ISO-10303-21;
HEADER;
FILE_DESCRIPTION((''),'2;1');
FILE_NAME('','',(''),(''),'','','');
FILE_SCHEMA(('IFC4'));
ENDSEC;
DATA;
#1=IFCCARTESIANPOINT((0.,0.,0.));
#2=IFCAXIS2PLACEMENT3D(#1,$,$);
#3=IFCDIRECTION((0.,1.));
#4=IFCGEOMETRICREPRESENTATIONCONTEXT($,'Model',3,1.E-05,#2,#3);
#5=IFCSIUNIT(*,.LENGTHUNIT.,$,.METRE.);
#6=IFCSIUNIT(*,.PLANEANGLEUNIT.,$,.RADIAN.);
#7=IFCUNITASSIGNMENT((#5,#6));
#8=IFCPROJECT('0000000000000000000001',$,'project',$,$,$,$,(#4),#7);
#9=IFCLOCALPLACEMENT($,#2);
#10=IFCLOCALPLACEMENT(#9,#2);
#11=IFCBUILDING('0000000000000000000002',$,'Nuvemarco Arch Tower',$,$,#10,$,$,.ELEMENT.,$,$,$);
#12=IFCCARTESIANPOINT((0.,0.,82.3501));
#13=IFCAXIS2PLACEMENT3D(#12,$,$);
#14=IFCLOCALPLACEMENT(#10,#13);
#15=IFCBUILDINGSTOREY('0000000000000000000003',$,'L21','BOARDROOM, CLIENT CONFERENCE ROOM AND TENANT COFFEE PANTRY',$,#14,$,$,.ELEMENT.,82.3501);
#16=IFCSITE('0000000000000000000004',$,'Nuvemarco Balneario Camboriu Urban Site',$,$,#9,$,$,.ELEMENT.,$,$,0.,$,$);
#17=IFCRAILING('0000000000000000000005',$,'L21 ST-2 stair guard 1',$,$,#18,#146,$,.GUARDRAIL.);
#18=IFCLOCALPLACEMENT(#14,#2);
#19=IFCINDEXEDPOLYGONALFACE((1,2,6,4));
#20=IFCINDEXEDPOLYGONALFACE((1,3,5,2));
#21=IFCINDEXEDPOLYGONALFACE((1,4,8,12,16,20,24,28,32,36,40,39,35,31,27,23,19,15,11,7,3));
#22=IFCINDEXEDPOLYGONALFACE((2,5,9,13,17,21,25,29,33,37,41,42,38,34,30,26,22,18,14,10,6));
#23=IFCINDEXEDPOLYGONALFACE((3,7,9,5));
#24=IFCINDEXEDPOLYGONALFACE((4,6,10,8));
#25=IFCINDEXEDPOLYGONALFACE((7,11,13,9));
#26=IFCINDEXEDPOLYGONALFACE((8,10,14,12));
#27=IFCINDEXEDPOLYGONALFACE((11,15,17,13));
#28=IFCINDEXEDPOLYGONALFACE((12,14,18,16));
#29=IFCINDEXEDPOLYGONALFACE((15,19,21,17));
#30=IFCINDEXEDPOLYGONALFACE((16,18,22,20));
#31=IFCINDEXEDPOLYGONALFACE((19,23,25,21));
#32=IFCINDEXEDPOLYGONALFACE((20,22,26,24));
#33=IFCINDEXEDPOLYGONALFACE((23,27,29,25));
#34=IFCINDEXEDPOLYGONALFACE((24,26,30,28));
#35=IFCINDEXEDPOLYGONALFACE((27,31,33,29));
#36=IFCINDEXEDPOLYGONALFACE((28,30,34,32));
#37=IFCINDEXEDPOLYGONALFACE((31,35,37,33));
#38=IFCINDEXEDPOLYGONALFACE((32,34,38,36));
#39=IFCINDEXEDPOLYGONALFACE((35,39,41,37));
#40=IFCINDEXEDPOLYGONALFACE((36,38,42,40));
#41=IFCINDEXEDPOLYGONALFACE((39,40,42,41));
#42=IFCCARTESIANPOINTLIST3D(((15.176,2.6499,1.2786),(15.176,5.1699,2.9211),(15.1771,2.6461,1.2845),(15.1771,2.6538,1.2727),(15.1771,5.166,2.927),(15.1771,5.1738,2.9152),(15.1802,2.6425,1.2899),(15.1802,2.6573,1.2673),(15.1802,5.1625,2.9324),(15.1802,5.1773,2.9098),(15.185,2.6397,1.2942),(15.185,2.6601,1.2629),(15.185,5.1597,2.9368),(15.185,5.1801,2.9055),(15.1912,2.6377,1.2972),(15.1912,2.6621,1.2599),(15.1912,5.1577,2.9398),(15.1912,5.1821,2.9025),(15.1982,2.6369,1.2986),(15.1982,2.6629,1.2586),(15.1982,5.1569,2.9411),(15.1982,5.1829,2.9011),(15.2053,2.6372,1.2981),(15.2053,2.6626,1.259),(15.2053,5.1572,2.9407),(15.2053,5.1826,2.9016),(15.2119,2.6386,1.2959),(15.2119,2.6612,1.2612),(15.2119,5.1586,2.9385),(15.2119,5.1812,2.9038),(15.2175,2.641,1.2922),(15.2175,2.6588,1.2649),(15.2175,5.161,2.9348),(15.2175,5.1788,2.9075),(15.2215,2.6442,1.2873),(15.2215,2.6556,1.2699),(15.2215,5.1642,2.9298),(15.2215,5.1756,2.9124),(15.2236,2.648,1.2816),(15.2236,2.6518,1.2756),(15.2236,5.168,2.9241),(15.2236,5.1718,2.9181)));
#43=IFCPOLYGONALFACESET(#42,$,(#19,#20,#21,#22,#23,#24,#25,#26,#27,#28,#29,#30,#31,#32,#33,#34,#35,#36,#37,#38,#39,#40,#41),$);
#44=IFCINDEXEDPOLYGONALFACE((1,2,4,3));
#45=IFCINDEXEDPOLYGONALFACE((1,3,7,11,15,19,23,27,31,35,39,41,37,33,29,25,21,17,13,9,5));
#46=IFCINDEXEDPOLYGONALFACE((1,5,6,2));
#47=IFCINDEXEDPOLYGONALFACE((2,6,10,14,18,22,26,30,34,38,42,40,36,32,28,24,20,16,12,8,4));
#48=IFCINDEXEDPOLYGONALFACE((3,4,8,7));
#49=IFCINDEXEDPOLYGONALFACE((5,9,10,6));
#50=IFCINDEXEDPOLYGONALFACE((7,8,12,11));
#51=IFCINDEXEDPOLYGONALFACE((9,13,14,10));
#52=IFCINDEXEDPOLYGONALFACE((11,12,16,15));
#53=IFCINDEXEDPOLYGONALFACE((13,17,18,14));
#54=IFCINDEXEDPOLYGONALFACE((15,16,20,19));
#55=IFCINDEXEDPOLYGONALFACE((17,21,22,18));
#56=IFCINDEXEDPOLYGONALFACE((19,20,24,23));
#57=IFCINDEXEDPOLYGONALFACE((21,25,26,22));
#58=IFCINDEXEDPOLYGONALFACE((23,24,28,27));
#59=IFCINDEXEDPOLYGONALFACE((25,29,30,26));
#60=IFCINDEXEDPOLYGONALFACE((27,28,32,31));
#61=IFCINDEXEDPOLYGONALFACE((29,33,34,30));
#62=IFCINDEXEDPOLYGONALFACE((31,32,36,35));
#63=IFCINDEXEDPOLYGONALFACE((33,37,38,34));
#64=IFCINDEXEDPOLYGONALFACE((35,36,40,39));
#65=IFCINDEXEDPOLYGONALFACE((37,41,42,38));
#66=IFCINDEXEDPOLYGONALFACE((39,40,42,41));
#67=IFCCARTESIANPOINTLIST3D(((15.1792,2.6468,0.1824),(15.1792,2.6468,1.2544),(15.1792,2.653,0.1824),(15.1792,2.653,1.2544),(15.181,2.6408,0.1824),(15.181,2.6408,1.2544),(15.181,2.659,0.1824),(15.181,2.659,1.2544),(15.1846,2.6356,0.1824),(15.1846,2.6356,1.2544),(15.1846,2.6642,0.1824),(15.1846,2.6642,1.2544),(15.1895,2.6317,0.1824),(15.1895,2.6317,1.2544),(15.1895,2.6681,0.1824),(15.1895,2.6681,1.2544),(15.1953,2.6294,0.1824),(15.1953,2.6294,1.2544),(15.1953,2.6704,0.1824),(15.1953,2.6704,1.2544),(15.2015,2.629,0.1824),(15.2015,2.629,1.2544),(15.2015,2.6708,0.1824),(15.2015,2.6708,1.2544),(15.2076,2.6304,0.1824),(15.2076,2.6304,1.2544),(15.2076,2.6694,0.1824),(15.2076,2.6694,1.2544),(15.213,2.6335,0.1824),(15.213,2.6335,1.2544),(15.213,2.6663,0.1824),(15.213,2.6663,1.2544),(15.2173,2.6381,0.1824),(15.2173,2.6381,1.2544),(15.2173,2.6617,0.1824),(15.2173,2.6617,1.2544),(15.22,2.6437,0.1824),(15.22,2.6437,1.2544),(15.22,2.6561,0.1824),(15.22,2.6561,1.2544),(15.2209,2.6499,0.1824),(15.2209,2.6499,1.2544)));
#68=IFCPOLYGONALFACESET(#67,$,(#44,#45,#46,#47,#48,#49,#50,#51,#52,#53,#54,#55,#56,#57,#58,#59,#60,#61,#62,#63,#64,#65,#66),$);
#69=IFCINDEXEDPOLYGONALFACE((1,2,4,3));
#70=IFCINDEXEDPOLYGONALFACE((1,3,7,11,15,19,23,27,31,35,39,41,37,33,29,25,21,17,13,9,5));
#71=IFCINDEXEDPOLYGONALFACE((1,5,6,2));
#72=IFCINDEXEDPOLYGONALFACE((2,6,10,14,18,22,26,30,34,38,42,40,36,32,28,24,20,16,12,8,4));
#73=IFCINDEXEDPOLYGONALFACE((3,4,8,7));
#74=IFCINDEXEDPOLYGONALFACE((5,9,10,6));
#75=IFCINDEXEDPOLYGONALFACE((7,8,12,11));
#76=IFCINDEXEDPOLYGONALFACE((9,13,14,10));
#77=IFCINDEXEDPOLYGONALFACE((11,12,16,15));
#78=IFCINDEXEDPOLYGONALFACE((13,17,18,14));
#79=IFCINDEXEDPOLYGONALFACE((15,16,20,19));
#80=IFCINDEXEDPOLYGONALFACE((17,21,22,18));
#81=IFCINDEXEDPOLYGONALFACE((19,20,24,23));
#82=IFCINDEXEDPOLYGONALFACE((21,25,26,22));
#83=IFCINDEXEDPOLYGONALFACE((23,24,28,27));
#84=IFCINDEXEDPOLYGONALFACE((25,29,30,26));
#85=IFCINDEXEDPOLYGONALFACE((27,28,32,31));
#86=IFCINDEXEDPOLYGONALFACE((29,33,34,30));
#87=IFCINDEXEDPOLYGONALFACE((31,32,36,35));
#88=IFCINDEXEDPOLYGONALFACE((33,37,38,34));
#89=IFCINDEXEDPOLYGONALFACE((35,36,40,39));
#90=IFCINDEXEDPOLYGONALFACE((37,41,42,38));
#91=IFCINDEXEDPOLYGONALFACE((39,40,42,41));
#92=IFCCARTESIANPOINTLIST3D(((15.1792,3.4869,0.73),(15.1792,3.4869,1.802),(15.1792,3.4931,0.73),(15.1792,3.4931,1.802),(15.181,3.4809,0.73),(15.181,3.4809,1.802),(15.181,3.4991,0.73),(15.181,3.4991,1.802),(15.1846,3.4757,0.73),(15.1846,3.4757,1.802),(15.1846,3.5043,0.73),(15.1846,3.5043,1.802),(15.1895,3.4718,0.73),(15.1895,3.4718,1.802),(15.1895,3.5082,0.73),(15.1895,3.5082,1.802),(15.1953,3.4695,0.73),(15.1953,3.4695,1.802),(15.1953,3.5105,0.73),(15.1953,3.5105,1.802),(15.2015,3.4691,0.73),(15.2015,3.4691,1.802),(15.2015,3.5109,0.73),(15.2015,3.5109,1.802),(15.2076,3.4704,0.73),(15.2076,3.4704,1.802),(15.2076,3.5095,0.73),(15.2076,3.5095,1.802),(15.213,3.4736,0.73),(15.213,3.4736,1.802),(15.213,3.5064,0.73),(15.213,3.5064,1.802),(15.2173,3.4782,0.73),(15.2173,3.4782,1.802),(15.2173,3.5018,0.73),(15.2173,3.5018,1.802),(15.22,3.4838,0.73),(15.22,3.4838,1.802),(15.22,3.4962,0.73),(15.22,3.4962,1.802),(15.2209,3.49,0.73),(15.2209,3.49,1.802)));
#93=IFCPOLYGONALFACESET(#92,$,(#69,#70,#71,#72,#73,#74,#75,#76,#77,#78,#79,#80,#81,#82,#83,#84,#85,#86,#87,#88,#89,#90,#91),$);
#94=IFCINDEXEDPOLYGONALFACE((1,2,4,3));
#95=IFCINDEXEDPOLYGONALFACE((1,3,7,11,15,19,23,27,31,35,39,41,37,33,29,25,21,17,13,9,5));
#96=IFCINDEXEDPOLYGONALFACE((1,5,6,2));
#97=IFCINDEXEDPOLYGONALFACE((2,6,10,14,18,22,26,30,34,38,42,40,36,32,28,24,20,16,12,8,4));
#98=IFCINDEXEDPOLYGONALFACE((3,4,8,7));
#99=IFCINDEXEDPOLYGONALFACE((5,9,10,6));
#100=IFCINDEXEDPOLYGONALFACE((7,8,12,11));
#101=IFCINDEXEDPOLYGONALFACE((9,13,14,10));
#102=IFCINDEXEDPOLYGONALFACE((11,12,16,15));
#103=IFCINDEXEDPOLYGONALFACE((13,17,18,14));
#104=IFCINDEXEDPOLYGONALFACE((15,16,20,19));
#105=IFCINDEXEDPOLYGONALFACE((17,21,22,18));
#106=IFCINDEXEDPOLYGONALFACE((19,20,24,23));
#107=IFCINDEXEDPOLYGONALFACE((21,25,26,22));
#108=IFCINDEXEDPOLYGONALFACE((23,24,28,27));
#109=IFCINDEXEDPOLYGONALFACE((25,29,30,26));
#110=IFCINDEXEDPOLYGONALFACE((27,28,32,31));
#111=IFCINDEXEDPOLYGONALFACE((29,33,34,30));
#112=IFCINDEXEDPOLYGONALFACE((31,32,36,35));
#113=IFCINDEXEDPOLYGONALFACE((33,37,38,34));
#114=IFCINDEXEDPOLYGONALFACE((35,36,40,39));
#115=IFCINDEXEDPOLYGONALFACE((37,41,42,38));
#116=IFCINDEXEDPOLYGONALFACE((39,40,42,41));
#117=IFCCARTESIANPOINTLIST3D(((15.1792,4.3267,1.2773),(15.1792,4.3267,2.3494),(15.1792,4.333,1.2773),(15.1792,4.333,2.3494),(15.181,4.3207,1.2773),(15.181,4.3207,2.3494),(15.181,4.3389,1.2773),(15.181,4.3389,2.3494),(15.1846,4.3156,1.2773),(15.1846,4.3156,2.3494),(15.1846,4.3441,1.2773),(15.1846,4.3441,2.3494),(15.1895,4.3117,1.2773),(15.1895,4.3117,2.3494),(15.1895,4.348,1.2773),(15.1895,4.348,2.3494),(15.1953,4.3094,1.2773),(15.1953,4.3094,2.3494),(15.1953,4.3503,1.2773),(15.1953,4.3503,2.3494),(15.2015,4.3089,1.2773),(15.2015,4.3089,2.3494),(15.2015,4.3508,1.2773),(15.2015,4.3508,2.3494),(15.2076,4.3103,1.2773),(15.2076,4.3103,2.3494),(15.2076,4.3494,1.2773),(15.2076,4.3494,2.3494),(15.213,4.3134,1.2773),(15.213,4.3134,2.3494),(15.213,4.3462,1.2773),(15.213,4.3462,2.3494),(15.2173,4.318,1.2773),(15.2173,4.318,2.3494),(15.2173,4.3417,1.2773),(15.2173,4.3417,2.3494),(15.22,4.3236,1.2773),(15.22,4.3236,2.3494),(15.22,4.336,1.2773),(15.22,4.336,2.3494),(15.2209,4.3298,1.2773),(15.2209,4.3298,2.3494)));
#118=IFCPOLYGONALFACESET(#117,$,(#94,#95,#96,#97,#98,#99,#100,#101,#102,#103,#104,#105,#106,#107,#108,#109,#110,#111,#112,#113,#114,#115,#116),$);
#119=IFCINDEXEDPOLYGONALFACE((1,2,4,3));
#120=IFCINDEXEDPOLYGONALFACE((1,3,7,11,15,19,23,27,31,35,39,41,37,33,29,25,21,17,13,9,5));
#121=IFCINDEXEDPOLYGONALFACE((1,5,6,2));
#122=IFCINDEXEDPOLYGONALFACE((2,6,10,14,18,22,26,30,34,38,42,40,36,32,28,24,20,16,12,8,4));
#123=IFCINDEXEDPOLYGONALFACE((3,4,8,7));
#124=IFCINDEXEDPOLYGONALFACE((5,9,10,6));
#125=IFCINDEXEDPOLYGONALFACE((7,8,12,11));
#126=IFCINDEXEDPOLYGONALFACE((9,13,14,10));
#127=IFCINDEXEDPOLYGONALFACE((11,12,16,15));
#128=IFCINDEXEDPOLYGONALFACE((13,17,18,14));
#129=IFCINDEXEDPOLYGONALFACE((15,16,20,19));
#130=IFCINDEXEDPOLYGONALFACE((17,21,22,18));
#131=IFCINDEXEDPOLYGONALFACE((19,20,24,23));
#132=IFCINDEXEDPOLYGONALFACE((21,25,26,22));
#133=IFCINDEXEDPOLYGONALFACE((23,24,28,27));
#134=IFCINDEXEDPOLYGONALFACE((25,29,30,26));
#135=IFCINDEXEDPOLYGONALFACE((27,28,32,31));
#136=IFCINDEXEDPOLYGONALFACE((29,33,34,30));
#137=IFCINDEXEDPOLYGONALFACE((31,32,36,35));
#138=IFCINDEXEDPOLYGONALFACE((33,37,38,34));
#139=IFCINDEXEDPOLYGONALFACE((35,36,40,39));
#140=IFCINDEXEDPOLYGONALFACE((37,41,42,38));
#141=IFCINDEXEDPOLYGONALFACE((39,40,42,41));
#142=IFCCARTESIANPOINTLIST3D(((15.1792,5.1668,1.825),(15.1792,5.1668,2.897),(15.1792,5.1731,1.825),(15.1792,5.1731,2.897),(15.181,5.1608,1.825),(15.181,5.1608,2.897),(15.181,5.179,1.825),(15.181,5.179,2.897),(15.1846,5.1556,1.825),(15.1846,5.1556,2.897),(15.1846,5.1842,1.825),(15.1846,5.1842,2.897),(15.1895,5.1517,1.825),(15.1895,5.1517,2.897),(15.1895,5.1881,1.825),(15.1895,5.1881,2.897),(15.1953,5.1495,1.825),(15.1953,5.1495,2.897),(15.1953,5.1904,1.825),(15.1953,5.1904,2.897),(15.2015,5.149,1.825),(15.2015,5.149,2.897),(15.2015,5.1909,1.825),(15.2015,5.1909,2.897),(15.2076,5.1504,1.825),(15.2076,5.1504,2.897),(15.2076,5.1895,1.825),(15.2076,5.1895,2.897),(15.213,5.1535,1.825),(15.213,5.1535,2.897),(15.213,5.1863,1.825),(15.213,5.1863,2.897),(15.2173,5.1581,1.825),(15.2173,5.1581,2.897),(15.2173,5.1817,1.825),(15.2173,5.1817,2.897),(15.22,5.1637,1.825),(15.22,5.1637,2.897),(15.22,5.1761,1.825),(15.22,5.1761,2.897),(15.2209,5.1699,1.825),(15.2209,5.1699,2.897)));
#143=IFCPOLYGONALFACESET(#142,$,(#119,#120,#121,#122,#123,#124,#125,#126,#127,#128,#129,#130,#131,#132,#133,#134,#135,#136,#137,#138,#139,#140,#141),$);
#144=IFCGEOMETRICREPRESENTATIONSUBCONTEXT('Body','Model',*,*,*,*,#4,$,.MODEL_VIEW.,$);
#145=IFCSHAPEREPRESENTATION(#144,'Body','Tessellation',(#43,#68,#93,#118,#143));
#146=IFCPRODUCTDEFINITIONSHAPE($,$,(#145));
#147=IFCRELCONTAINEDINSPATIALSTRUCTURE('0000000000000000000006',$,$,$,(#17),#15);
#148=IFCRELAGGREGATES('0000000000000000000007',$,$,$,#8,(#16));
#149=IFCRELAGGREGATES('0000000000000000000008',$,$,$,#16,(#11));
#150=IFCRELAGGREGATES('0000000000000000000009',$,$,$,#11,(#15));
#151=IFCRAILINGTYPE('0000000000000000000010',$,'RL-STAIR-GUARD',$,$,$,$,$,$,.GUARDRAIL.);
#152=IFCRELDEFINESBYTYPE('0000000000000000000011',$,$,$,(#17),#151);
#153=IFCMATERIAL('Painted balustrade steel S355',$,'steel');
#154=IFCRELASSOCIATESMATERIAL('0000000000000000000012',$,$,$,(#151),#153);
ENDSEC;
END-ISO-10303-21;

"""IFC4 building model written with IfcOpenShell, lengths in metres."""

from ifc_helpers import new_model, si_unit, direction, frame, origin, origin_2d, place, context, subcontext, project, spatial, circle, extrude, material, type_object, element, save


model = new_model("IFC4")

# Units and contexts
model_context = context("Model", 3, precision=1e-05, world=origin(), true_north=direction((0.0, 1.0)))
body_context = subcontext(model_context, "Body", "Model", "MODEL_VIEW")
ifc_project = project(units=[si_unit("LENGTHUNIT", "METRE"), si_unit("PLANEANGLEUNIT", "RADIAN")], contexts=[model_context])

# Site, building, storey
site_placement = place(None, origin())
site = spatial("IfcSite", under=ifc_project, at=site_placement, Name="Nuvemarco Balneario Camboriu Urban Site", CompositionType="ELEMENT", RefElevation=0.0)
building_placement = place(site_placement, origin())
building = spatial("IfcBuilding", under=site, at=building_placement, Name="Nuvemarco Arch Tower", CompositionType="ELEMENT")
storey_placement = place(building_placement, frame((0.0, 0.0, 82.3501)))
storey = spatial("IfcBuildingStorey", under=building, at=storey_placement, Name="L21", Description="BOARDROOM, CLIENT CONFERENCE ROOM AND TENANT COFFEE PANTRY", CompositionType="ELEMENT", Elevation=82.3501)

# Railing
ifc_material_1 = material(Name="Painted balustrade steel S355", Category="steel")
railing_type_1 = type_object("IfcRailingType", Name="RL-STAIR-GUARD", PredefinedType="GUARDRAIL", material=ifc_material_1)
railing_1_placement = place(storey_placement, frame((15.2, 2.6499, 0.1824)))
element("IfcRailing", 1, at=railing_1_placement, inside=storey, type_object=railing_type_1, Name="L21 ST-2 stair guard 1", PredefinedType="GUARDRAIL", context=body_context, shape_type="SweptSolid", body=[
    extrude(circle(Radius=0.0239, at=origin_2d()), frame((0.0, 0.0, 1.0962), z_axis=(0.0, 0.837749, 0.546055), x_axis=(-1.0, 0.0, 0.0)), (0.0, 0.0, 1.0), 3.0081),
    extrude(circle(Radius=0.021, at=origin_2d()), origin(), (0.0, 0.0, 1.0), 1.072),
    extrude(circle(Radius=0.021, at=origin_2d()), frame((0.0, 0.8401, 0.5476)), (0.0, 0.0, 1.0), 1.072),
    extrude(circle(Radius=0.021, at=origin_2d()), frame((0.0, 1.6799, 1.095)), (0.0, 0.0, 1.0), 1.072),
    extrude(circle(Radius=0.021, at=origin_2d()), frame((0.0, 2.52, 1.6426)), (0.0, 0.0, 1.0), 1.072),
])

save(model, "model.ifc")
